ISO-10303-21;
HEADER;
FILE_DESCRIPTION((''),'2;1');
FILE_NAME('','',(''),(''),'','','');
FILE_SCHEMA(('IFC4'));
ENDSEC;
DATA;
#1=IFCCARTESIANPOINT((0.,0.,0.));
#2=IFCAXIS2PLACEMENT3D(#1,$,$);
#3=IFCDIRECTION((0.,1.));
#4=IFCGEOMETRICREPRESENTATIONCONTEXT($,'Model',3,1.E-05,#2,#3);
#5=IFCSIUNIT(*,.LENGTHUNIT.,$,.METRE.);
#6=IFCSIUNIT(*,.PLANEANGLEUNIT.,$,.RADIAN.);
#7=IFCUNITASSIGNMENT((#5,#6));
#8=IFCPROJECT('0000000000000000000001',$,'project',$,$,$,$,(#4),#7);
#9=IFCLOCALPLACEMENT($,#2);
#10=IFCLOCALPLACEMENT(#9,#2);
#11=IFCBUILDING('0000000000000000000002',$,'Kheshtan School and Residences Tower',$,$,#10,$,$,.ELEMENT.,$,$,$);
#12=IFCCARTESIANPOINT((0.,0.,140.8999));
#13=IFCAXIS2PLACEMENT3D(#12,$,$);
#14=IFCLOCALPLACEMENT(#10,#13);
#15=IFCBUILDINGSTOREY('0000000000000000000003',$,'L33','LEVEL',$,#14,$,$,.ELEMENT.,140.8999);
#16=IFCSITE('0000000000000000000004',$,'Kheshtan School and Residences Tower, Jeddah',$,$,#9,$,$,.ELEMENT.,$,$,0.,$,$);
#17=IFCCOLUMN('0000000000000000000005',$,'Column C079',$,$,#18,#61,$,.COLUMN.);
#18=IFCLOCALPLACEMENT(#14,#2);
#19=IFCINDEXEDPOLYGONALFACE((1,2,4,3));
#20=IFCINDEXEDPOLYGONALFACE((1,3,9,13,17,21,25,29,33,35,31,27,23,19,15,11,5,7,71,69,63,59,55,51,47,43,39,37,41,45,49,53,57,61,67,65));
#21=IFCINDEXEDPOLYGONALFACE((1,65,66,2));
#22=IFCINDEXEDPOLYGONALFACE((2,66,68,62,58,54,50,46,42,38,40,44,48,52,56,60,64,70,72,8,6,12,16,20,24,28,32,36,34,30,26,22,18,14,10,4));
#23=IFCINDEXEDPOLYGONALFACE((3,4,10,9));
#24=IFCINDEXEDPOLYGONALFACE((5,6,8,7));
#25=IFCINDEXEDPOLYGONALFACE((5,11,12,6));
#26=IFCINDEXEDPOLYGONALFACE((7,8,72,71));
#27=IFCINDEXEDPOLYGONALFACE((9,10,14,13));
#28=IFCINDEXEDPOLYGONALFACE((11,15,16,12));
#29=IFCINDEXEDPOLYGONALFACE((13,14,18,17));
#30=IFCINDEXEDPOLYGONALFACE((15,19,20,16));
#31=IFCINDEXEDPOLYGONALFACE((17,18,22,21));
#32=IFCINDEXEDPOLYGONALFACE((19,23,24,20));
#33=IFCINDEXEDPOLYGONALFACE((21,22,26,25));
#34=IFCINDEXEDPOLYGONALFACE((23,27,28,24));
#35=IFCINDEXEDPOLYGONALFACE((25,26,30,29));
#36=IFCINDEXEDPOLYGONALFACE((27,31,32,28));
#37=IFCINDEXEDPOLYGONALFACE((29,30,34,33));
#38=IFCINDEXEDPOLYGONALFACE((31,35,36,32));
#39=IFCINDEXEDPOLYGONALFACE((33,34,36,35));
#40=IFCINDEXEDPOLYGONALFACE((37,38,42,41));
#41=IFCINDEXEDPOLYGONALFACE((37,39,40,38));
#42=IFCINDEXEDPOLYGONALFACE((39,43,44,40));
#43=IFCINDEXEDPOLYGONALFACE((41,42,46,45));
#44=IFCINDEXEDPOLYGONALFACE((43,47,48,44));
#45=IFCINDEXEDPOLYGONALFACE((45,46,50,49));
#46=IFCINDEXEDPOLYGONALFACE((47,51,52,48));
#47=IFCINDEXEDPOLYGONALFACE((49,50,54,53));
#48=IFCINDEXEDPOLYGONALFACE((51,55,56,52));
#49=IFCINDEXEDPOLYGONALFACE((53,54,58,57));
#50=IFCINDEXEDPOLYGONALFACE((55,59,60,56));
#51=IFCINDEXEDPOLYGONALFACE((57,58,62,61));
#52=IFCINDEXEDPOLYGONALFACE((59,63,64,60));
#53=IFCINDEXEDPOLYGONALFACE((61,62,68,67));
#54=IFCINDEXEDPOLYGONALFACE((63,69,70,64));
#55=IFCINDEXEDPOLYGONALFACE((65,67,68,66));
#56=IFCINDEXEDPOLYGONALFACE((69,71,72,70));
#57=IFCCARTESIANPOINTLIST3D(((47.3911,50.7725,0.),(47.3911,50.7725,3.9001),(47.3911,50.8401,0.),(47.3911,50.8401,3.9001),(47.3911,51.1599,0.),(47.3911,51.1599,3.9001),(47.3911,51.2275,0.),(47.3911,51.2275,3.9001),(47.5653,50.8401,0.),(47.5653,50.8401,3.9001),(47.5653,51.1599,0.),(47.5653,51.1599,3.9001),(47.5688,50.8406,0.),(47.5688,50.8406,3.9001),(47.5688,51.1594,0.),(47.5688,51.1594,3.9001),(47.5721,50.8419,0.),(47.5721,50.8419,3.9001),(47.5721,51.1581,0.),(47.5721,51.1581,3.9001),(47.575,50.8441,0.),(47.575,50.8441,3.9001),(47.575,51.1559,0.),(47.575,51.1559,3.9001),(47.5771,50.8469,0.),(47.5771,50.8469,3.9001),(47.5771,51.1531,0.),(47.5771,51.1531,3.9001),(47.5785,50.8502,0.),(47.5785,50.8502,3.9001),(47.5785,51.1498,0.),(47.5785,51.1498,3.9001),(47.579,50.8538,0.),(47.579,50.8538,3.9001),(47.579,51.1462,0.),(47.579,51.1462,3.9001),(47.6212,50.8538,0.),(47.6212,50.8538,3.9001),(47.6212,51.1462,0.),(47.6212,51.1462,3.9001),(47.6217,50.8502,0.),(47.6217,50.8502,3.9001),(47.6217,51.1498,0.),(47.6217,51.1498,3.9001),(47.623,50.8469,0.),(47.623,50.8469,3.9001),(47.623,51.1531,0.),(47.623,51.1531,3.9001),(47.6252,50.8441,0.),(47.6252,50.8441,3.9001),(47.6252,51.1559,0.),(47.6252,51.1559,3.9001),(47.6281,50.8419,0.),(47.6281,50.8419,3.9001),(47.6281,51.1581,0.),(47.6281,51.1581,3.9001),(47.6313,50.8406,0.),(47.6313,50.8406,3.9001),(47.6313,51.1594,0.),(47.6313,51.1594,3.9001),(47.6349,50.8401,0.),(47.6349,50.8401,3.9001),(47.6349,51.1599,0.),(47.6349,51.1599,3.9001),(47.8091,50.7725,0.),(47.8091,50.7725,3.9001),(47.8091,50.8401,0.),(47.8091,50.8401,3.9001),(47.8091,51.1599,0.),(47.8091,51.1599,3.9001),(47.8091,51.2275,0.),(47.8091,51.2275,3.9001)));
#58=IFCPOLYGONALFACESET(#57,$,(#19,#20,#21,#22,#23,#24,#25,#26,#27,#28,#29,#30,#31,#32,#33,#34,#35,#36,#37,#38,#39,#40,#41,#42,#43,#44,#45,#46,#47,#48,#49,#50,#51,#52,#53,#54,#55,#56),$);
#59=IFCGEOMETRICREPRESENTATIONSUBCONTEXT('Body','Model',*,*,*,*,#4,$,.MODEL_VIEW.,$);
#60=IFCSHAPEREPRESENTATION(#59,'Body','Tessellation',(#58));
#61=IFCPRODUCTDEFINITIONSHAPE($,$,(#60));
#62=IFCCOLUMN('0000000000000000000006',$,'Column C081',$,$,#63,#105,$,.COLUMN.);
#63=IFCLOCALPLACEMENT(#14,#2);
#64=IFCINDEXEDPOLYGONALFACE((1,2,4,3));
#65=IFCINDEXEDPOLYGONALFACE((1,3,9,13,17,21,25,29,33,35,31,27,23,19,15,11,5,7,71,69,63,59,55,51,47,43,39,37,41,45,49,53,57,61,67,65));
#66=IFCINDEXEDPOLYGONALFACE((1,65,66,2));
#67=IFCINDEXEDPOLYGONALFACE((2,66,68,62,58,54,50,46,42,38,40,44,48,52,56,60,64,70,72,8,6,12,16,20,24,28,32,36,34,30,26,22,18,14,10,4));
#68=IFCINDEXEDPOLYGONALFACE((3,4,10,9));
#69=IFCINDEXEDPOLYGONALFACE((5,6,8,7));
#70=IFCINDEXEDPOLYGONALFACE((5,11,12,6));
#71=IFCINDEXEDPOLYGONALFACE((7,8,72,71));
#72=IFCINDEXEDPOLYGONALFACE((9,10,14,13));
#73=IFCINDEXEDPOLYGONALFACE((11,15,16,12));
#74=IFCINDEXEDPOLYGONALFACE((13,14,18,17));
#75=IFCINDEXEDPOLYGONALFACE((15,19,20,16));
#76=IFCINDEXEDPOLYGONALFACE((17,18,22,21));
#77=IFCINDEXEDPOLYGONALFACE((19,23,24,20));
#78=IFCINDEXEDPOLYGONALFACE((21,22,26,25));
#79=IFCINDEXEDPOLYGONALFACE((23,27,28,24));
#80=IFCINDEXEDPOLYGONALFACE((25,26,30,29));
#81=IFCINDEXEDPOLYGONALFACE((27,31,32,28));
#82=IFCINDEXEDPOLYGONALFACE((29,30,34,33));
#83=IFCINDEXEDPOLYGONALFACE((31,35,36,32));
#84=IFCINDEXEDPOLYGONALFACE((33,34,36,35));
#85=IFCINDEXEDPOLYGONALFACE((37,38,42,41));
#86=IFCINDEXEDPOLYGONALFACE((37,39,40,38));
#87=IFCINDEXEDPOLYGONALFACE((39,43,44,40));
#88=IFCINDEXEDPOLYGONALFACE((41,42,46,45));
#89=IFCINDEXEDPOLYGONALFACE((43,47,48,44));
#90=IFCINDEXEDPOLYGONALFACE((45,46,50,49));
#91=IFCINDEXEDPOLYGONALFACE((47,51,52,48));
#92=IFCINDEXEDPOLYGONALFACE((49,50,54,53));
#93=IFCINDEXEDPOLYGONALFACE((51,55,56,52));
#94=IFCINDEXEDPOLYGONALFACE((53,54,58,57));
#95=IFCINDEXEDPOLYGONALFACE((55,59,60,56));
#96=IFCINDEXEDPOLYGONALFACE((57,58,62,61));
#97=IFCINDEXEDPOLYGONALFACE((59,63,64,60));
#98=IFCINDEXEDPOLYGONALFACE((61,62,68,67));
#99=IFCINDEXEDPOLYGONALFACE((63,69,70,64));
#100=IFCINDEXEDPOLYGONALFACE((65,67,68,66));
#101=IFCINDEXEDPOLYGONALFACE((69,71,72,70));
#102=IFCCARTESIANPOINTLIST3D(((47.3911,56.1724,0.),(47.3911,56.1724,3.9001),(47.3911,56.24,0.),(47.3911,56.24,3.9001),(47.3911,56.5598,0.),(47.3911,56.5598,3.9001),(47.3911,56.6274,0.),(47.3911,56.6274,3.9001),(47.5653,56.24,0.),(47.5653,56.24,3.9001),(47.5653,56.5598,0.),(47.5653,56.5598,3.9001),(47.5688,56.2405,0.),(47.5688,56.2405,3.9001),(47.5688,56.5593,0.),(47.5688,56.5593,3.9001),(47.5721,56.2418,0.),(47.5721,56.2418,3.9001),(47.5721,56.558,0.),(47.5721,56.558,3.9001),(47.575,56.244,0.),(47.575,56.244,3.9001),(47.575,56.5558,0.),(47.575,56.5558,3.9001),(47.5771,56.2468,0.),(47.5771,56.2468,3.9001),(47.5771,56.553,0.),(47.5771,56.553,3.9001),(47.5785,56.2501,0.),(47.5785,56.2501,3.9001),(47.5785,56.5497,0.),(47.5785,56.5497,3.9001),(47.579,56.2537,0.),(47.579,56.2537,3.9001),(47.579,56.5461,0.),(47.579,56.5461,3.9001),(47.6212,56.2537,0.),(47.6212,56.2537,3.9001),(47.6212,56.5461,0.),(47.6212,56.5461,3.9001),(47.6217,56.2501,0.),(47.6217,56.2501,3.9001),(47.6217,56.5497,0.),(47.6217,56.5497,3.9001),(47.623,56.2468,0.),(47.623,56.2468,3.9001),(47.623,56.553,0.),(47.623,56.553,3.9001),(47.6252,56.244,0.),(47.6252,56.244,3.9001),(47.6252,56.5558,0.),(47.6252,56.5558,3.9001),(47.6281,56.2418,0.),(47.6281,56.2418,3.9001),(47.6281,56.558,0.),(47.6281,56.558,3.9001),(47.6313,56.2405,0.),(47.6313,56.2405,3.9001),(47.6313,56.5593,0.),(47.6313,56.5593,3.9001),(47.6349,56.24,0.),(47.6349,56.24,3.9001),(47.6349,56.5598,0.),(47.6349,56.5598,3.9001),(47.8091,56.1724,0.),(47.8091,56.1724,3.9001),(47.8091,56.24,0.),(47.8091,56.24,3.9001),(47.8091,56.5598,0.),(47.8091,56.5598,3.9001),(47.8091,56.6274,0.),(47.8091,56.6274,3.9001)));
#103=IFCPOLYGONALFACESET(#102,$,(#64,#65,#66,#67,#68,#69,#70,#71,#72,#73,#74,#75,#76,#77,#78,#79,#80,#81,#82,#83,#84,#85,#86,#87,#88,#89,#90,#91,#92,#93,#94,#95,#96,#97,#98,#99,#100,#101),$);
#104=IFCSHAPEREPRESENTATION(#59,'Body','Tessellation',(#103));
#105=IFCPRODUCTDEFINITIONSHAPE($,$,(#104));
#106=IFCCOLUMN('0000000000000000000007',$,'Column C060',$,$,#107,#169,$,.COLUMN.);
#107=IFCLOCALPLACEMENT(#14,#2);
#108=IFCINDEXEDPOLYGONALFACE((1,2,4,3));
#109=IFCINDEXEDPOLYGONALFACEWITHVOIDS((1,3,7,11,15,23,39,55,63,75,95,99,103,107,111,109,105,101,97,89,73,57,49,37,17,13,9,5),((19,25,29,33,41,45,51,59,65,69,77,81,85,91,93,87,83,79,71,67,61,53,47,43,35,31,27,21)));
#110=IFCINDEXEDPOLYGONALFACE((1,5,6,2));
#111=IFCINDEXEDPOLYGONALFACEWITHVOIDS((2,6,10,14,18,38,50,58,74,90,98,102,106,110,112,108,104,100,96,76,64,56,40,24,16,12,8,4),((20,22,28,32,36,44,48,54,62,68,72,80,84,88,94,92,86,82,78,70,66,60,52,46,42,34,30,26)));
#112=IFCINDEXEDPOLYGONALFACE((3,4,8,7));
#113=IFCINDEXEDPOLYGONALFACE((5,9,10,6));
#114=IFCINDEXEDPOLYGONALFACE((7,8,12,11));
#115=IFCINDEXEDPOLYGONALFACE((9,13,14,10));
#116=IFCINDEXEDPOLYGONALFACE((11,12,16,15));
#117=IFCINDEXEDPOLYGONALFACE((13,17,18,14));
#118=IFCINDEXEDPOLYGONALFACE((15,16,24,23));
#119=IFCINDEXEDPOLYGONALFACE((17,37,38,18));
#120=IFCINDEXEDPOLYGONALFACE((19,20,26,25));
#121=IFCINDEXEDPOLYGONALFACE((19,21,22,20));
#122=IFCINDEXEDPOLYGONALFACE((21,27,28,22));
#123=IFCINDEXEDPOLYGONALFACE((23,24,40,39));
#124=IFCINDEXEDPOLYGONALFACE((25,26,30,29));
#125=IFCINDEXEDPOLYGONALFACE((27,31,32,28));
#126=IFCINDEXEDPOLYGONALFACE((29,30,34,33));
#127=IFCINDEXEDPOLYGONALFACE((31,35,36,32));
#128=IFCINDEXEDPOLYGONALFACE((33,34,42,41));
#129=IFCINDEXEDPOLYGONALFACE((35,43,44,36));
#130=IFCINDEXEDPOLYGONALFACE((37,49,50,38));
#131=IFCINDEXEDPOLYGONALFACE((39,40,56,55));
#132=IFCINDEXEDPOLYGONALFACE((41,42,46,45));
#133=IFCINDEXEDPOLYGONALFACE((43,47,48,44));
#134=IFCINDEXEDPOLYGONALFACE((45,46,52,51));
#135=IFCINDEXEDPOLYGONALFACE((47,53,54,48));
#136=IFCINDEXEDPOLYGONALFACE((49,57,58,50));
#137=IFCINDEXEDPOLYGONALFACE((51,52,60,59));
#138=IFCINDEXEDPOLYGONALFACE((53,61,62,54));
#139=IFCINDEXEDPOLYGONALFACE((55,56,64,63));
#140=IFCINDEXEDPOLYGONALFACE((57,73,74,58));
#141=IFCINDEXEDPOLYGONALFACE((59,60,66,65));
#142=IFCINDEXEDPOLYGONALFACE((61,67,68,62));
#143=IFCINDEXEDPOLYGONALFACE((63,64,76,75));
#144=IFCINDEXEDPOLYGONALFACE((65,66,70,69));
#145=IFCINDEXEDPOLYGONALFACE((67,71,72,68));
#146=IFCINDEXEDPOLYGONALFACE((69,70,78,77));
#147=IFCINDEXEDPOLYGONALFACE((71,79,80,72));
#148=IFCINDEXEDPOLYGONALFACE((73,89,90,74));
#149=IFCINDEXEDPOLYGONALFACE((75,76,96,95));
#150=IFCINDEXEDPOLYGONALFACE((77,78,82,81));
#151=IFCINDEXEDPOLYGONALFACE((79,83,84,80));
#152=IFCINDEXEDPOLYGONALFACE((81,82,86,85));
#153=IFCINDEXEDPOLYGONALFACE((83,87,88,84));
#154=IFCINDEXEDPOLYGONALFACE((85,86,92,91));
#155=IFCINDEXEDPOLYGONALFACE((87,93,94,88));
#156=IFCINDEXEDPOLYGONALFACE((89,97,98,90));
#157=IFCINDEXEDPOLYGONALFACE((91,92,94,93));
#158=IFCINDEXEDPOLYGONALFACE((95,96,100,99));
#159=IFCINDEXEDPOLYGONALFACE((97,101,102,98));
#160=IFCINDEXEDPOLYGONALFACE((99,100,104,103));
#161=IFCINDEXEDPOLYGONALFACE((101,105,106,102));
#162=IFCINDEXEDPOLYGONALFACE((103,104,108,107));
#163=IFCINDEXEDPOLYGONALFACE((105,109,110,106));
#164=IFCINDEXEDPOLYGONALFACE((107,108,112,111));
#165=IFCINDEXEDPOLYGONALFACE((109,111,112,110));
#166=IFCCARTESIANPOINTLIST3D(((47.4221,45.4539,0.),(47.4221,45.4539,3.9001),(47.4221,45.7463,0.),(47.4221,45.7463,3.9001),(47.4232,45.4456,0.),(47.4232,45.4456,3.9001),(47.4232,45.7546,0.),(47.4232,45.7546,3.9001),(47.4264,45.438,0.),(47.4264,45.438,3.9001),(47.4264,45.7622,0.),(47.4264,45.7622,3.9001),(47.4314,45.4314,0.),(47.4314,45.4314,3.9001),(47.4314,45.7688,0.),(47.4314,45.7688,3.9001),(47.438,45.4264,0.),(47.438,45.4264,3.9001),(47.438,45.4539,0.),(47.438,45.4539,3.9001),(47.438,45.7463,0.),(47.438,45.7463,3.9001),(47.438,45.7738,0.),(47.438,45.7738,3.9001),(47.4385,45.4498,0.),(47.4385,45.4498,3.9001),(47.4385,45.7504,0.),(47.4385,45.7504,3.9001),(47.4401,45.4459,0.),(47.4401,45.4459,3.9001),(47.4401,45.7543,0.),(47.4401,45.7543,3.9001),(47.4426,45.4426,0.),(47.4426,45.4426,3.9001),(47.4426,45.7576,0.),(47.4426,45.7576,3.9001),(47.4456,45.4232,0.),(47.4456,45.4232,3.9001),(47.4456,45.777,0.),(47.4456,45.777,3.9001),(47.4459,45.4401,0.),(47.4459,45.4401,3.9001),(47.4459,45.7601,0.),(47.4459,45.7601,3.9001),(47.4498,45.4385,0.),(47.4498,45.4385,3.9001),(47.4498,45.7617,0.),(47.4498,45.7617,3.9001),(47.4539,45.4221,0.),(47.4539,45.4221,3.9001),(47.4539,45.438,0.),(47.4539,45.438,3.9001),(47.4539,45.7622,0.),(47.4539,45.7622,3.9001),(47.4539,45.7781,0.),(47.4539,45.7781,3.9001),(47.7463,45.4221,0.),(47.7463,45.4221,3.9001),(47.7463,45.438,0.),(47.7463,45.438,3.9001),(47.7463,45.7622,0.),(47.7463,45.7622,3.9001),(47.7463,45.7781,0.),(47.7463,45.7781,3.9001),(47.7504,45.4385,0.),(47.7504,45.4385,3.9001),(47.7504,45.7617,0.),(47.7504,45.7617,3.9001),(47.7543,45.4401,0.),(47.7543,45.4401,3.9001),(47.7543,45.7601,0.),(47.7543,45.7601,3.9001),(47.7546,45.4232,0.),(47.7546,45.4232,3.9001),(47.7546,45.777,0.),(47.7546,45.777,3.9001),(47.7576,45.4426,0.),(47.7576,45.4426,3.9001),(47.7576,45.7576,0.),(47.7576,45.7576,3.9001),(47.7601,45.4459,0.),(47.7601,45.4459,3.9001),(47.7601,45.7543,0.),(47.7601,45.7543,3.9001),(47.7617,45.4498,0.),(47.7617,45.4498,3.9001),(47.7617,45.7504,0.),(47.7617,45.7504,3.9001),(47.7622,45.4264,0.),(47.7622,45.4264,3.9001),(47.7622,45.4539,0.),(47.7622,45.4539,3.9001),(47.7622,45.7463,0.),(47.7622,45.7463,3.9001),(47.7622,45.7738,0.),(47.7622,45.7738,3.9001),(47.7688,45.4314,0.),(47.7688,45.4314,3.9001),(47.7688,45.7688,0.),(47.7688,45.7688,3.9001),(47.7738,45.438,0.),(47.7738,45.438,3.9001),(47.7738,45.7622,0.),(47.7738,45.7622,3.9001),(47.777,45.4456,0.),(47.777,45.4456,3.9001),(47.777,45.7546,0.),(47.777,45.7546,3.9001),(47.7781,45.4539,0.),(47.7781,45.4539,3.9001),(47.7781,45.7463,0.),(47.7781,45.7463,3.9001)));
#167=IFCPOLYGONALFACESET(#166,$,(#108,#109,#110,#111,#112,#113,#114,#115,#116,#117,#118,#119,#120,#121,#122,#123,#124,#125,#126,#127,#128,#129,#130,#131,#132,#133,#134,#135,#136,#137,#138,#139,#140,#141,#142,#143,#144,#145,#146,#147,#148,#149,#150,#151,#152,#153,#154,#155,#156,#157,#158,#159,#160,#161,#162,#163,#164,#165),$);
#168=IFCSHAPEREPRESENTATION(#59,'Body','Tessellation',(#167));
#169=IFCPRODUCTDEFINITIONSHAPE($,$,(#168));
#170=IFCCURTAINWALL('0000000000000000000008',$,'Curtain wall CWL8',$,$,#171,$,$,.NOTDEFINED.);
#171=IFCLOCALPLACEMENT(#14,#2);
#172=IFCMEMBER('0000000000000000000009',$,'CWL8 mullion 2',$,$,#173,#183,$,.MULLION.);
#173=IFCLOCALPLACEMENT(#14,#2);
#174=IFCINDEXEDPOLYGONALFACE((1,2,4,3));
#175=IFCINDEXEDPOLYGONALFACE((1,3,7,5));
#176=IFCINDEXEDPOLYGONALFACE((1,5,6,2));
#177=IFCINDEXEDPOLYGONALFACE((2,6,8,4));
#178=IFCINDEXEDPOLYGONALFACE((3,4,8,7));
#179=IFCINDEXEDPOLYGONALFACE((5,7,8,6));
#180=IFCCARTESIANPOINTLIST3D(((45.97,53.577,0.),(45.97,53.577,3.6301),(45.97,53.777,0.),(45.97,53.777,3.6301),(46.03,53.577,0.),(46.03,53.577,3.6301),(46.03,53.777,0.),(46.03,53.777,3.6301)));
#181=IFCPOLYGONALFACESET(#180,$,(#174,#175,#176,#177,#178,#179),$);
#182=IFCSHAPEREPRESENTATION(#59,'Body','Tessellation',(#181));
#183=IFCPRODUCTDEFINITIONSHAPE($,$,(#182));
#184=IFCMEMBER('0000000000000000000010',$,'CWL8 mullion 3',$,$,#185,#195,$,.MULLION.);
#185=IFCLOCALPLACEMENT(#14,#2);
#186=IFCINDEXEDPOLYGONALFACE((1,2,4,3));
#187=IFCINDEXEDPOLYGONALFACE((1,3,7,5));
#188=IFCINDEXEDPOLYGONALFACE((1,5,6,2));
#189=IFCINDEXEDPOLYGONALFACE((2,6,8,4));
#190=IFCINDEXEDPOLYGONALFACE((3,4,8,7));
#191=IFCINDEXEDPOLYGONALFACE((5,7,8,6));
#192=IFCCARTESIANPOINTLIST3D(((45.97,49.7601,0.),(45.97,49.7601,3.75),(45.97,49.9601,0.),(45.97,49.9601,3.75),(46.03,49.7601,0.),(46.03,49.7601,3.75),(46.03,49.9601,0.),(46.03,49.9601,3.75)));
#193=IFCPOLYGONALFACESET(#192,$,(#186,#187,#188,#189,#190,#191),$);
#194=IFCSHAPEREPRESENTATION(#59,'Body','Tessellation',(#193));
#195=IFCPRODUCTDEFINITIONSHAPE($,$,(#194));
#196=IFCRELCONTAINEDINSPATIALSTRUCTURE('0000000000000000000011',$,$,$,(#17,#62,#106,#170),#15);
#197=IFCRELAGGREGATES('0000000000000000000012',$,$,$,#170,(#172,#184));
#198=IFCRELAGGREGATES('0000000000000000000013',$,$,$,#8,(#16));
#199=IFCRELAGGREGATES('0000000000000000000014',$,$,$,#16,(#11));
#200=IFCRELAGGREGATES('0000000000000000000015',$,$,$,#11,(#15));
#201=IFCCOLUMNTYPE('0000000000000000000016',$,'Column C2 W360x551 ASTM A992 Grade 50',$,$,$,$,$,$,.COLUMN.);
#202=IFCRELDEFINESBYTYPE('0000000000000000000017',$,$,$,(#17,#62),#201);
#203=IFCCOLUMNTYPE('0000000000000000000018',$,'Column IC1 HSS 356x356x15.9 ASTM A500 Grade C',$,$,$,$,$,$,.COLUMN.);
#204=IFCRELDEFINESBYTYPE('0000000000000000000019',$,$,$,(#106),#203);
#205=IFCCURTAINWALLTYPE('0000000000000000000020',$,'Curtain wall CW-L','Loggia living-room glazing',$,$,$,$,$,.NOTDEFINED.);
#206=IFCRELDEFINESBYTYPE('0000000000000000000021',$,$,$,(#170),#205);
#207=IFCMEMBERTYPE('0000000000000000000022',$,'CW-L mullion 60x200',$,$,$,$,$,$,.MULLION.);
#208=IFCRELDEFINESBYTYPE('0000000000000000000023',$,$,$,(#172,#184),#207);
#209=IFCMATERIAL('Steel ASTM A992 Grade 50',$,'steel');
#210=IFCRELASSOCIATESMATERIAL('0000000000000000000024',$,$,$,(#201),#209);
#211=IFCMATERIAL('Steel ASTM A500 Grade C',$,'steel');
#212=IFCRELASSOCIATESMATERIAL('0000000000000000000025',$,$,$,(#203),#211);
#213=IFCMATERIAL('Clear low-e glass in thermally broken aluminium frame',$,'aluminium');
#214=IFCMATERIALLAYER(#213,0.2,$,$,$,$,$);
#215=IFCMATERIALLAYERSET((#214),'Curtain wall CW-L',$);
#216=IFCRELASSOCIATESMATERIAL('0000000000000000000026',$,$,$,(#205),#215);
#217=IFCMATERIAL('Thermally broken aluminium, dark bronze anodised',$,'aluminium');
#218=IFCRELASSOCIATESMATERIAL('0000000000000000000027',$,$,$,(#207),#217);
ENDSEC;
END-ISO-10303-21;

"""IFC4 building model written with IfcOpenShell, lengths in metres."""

from ifc_helpers import new_model, si_unit, direction, frame, origin, origin_2d, place, context, subcontext, project, spatial, rectangle, hollow_rectangle, i_section, extrude, material, layer, layer_set, material_profile, profile_set, type_object, element, aggregate, save


model = new_model("IFC4")

# Units and contexts
model_context = context("Model", 3, precision=1e-05, world=origin(), true_north=direction((0.0, 1.0)))
body_context = subcontext(model_context, "Body", "Model", "MODEL_VIEW")
ifc_project = project(units=[si_unit("LENGTHUNIT", "METRE"), si_unit("PLANEANGLEUNIT", "RADIAN")], contexts=[model_context])

# Site, building, storey
site_placement = place(None, origin())
site = spatial("IfcSite", under=ifc_project, at=site_placement, Name="Kheshtan School and Residences Tower, Jeddah", CompositionType="ELEMENT", RefElevation=0.0)
building_placement = place(site_placement, origin())
building = spatial("IfcBuilding", under=site, at=building_placement, Name="Kheshtan School and Residences Tower", CompositionType="ELEMENT")
storey_placement = place(building_placement, frame((0.0, 0.0, 140.8999)))
storey = spatial("IfcBuildingStorey", under=building, at=storey_placement, Name="L33", Description="LEVEL", CompositionType="ELEMENT", Elevation=140.8999)

# Columns
ifc_material_1 = material(Name="Steel ASTM A992 Grade 50", Category="steel")
ifc_material_profile_1 = material_profile(ifc_material_1, i_section(OverallWidth=0.418, OverallDepth=0.4551, WebThickness=0.0422, FlangeThickness=0.0676, FilletRadius=0.0137, at=origin_2d()), Name="W360x551")
ifc_profile_set_1 = profile_set([ifc_material_profile_1], Name="Steel ASTM A992 Grade 50")
column_type_1 = type_object("IfcColumnType", Name="Column C2 W360x551 ASTM A992 Grade 50", PredefinedType="COLUMN", material=ifc_profile_set_1)
for number, where, z_axis, x_axis, name in (
    (1, (47.6001, 51.0, 0.0), (0.0, 0.0, 1.0), (1.0, 0.0, 0.0), "Column C079"),
    (2, (47.6001, 56.3999, 0.0), (0.0, 0.0, 1.0), (1.0, 0.0, 0.0), "Column C081"),
):
    element("IfcColumn", number, at=place(storey_placement, frame(where, z_axis=z_axis, x_axis=x_axis)), inside=storey, type_object=column_type_1, Name=name, PredefinedType="COLUMN", context=body_context, shape_type="SweptSolid", body=[
        extrude(i_section(OverallWidth=0.418, OverallDepth=0.4551, WebThickness=0.0422, FlangeThickness=0.0676, FilletRadius=0.0137, at=origin_2d()), origin(), (0.0, 0.0, 1.0), 3.9001),
    ])
ifc_material_2 = material(Name="Steel ASTM A500 Grade C", Category="steel")
ifc_material_profile_2 = material_profile(ifc_material_2, hollow_rectangle(XDim=0.356, YDim=0.356, WallThickness=0.0159, InnerFilletRadius=0.0159, OuterFilletRadius=0.0317, at=origin_2d()), Name="HSS 356x356x15.9")
ifc_profile_set_2 = profile_set([ifc_material_profile_2], Name="Steel ASTM A500 Grade C")
column_type_2 = type_object("IfcColumnType", Name="Column IC1 HSS 356x356x15.9 ASTM A500 Grade C", PredefinedType="COLUMN", material=ifc_profile_set_2)
column_placement = place(storey_placement, frame((47.6001, 45.6001, 0.0), z_axis=(0.0, 0.0, 1.0), x_axis=(1.0, 0.0, 0.0)))
element("IfcColumn", 3, at=column_placement, inside=storey, type_object=column_type_2, Name="Column C060", PredefinedType="COLUMN", context=body_context, shape_type="SweptSolid", body=[
    extrude(hollow_rectangle(XDim=0.356, YDim=0.356, WallThickness=0.0159, InnerFilletRadius=0.0159, OuterFilletRadius=0.0317, at=origin_2d()), origin(), (0.0, 0.0, 1.0), 3.9001),
])

# Curtain wall, members
ifc_material_3 = material(Name="Clear low-e glass in thermally broken aluminium frame", Category="aluminium")
ifc_layer_1 = layer(ifc_material_3, 0.2)
ifc_layer_set_1 = layer_set([ifc_layer_1], Name="Curtain wall CW-L")
curtain_wall_type = type_object("IfcCurtainWallType", Name="Curtain wall CW-L", Description="Loggia living-room glazing", PredefinedType="NOTDEFINED", material=ifc_layer_set_1)
curtain_wall_placement = place(storey_placement, origin())
curtain_wall = element("IfcCurtainWall", 4, at=curtain_wall_placement, inside=storey, type_object=curtain_wall_type, Name="Curtain wall CWL8", PredefinedType="NOTDEFINED")
ifc_material_4 = material(Name="Thermally broken aluminium, dark bronze anodised", Category="aluminium")
ifc_material_profile_3 = material_profile(ifc_material_4, rectangle(XDim=0.0601, YDim=0.2, at=origin_2d()), Name="CW-L mullion 60x200")
ifc_profile_set_3 = profile_set([ifc_material_profile_3], Name="Thermally broken aluminium, dark bronze anodised")
member_type = type_object("IfcMemberType", Name="CW-L mullion 60x200", PredefinedType="MULLION", material=ifc_profile_set_3)
member_1_placement = place(storey_placement, frame((46.0, 53.677, 0.0), z_axis=(0.0, 0.0, 1.0), x_axis=(1.0, 0.0, 0.0)))
member_1 = element("IfcMember", 5, at=member_1_placement, type_object=member_type, Name="CWL8 mullion 2", PredefinedType="MULLION", context=body_context, shape_type="SweptSolid", body=[
    extrude(rectangle(XDim=0.0601, YDim=0.2, at=origin_2d()), origin(), (0.0, 0.0, 1.0), 3.6301),
])
member_2_placement = place(storey_placement, frame((46.0, 49.8601, 0.0), z_axis=(0.0, 0.0, 1.0), x_axis=(1.0, 0.0, 0.0)))
member_2 = element("IfcMember", 6, at=member_2_placement, type_object=member_type, Name="CWL8 mullion 3", PredefinedType="MULLION", context=body_context, shape_type="SweptSolid", body=[
    extrude(rectangle(XDim=0.0601, YDim=0.2, at=origin_2d()), origin(), (0.0, 0.0, 1.0), 3.75),
])
aggregate(curtain_wall, [member_1, member_2])

save(model, "model.ifc")
